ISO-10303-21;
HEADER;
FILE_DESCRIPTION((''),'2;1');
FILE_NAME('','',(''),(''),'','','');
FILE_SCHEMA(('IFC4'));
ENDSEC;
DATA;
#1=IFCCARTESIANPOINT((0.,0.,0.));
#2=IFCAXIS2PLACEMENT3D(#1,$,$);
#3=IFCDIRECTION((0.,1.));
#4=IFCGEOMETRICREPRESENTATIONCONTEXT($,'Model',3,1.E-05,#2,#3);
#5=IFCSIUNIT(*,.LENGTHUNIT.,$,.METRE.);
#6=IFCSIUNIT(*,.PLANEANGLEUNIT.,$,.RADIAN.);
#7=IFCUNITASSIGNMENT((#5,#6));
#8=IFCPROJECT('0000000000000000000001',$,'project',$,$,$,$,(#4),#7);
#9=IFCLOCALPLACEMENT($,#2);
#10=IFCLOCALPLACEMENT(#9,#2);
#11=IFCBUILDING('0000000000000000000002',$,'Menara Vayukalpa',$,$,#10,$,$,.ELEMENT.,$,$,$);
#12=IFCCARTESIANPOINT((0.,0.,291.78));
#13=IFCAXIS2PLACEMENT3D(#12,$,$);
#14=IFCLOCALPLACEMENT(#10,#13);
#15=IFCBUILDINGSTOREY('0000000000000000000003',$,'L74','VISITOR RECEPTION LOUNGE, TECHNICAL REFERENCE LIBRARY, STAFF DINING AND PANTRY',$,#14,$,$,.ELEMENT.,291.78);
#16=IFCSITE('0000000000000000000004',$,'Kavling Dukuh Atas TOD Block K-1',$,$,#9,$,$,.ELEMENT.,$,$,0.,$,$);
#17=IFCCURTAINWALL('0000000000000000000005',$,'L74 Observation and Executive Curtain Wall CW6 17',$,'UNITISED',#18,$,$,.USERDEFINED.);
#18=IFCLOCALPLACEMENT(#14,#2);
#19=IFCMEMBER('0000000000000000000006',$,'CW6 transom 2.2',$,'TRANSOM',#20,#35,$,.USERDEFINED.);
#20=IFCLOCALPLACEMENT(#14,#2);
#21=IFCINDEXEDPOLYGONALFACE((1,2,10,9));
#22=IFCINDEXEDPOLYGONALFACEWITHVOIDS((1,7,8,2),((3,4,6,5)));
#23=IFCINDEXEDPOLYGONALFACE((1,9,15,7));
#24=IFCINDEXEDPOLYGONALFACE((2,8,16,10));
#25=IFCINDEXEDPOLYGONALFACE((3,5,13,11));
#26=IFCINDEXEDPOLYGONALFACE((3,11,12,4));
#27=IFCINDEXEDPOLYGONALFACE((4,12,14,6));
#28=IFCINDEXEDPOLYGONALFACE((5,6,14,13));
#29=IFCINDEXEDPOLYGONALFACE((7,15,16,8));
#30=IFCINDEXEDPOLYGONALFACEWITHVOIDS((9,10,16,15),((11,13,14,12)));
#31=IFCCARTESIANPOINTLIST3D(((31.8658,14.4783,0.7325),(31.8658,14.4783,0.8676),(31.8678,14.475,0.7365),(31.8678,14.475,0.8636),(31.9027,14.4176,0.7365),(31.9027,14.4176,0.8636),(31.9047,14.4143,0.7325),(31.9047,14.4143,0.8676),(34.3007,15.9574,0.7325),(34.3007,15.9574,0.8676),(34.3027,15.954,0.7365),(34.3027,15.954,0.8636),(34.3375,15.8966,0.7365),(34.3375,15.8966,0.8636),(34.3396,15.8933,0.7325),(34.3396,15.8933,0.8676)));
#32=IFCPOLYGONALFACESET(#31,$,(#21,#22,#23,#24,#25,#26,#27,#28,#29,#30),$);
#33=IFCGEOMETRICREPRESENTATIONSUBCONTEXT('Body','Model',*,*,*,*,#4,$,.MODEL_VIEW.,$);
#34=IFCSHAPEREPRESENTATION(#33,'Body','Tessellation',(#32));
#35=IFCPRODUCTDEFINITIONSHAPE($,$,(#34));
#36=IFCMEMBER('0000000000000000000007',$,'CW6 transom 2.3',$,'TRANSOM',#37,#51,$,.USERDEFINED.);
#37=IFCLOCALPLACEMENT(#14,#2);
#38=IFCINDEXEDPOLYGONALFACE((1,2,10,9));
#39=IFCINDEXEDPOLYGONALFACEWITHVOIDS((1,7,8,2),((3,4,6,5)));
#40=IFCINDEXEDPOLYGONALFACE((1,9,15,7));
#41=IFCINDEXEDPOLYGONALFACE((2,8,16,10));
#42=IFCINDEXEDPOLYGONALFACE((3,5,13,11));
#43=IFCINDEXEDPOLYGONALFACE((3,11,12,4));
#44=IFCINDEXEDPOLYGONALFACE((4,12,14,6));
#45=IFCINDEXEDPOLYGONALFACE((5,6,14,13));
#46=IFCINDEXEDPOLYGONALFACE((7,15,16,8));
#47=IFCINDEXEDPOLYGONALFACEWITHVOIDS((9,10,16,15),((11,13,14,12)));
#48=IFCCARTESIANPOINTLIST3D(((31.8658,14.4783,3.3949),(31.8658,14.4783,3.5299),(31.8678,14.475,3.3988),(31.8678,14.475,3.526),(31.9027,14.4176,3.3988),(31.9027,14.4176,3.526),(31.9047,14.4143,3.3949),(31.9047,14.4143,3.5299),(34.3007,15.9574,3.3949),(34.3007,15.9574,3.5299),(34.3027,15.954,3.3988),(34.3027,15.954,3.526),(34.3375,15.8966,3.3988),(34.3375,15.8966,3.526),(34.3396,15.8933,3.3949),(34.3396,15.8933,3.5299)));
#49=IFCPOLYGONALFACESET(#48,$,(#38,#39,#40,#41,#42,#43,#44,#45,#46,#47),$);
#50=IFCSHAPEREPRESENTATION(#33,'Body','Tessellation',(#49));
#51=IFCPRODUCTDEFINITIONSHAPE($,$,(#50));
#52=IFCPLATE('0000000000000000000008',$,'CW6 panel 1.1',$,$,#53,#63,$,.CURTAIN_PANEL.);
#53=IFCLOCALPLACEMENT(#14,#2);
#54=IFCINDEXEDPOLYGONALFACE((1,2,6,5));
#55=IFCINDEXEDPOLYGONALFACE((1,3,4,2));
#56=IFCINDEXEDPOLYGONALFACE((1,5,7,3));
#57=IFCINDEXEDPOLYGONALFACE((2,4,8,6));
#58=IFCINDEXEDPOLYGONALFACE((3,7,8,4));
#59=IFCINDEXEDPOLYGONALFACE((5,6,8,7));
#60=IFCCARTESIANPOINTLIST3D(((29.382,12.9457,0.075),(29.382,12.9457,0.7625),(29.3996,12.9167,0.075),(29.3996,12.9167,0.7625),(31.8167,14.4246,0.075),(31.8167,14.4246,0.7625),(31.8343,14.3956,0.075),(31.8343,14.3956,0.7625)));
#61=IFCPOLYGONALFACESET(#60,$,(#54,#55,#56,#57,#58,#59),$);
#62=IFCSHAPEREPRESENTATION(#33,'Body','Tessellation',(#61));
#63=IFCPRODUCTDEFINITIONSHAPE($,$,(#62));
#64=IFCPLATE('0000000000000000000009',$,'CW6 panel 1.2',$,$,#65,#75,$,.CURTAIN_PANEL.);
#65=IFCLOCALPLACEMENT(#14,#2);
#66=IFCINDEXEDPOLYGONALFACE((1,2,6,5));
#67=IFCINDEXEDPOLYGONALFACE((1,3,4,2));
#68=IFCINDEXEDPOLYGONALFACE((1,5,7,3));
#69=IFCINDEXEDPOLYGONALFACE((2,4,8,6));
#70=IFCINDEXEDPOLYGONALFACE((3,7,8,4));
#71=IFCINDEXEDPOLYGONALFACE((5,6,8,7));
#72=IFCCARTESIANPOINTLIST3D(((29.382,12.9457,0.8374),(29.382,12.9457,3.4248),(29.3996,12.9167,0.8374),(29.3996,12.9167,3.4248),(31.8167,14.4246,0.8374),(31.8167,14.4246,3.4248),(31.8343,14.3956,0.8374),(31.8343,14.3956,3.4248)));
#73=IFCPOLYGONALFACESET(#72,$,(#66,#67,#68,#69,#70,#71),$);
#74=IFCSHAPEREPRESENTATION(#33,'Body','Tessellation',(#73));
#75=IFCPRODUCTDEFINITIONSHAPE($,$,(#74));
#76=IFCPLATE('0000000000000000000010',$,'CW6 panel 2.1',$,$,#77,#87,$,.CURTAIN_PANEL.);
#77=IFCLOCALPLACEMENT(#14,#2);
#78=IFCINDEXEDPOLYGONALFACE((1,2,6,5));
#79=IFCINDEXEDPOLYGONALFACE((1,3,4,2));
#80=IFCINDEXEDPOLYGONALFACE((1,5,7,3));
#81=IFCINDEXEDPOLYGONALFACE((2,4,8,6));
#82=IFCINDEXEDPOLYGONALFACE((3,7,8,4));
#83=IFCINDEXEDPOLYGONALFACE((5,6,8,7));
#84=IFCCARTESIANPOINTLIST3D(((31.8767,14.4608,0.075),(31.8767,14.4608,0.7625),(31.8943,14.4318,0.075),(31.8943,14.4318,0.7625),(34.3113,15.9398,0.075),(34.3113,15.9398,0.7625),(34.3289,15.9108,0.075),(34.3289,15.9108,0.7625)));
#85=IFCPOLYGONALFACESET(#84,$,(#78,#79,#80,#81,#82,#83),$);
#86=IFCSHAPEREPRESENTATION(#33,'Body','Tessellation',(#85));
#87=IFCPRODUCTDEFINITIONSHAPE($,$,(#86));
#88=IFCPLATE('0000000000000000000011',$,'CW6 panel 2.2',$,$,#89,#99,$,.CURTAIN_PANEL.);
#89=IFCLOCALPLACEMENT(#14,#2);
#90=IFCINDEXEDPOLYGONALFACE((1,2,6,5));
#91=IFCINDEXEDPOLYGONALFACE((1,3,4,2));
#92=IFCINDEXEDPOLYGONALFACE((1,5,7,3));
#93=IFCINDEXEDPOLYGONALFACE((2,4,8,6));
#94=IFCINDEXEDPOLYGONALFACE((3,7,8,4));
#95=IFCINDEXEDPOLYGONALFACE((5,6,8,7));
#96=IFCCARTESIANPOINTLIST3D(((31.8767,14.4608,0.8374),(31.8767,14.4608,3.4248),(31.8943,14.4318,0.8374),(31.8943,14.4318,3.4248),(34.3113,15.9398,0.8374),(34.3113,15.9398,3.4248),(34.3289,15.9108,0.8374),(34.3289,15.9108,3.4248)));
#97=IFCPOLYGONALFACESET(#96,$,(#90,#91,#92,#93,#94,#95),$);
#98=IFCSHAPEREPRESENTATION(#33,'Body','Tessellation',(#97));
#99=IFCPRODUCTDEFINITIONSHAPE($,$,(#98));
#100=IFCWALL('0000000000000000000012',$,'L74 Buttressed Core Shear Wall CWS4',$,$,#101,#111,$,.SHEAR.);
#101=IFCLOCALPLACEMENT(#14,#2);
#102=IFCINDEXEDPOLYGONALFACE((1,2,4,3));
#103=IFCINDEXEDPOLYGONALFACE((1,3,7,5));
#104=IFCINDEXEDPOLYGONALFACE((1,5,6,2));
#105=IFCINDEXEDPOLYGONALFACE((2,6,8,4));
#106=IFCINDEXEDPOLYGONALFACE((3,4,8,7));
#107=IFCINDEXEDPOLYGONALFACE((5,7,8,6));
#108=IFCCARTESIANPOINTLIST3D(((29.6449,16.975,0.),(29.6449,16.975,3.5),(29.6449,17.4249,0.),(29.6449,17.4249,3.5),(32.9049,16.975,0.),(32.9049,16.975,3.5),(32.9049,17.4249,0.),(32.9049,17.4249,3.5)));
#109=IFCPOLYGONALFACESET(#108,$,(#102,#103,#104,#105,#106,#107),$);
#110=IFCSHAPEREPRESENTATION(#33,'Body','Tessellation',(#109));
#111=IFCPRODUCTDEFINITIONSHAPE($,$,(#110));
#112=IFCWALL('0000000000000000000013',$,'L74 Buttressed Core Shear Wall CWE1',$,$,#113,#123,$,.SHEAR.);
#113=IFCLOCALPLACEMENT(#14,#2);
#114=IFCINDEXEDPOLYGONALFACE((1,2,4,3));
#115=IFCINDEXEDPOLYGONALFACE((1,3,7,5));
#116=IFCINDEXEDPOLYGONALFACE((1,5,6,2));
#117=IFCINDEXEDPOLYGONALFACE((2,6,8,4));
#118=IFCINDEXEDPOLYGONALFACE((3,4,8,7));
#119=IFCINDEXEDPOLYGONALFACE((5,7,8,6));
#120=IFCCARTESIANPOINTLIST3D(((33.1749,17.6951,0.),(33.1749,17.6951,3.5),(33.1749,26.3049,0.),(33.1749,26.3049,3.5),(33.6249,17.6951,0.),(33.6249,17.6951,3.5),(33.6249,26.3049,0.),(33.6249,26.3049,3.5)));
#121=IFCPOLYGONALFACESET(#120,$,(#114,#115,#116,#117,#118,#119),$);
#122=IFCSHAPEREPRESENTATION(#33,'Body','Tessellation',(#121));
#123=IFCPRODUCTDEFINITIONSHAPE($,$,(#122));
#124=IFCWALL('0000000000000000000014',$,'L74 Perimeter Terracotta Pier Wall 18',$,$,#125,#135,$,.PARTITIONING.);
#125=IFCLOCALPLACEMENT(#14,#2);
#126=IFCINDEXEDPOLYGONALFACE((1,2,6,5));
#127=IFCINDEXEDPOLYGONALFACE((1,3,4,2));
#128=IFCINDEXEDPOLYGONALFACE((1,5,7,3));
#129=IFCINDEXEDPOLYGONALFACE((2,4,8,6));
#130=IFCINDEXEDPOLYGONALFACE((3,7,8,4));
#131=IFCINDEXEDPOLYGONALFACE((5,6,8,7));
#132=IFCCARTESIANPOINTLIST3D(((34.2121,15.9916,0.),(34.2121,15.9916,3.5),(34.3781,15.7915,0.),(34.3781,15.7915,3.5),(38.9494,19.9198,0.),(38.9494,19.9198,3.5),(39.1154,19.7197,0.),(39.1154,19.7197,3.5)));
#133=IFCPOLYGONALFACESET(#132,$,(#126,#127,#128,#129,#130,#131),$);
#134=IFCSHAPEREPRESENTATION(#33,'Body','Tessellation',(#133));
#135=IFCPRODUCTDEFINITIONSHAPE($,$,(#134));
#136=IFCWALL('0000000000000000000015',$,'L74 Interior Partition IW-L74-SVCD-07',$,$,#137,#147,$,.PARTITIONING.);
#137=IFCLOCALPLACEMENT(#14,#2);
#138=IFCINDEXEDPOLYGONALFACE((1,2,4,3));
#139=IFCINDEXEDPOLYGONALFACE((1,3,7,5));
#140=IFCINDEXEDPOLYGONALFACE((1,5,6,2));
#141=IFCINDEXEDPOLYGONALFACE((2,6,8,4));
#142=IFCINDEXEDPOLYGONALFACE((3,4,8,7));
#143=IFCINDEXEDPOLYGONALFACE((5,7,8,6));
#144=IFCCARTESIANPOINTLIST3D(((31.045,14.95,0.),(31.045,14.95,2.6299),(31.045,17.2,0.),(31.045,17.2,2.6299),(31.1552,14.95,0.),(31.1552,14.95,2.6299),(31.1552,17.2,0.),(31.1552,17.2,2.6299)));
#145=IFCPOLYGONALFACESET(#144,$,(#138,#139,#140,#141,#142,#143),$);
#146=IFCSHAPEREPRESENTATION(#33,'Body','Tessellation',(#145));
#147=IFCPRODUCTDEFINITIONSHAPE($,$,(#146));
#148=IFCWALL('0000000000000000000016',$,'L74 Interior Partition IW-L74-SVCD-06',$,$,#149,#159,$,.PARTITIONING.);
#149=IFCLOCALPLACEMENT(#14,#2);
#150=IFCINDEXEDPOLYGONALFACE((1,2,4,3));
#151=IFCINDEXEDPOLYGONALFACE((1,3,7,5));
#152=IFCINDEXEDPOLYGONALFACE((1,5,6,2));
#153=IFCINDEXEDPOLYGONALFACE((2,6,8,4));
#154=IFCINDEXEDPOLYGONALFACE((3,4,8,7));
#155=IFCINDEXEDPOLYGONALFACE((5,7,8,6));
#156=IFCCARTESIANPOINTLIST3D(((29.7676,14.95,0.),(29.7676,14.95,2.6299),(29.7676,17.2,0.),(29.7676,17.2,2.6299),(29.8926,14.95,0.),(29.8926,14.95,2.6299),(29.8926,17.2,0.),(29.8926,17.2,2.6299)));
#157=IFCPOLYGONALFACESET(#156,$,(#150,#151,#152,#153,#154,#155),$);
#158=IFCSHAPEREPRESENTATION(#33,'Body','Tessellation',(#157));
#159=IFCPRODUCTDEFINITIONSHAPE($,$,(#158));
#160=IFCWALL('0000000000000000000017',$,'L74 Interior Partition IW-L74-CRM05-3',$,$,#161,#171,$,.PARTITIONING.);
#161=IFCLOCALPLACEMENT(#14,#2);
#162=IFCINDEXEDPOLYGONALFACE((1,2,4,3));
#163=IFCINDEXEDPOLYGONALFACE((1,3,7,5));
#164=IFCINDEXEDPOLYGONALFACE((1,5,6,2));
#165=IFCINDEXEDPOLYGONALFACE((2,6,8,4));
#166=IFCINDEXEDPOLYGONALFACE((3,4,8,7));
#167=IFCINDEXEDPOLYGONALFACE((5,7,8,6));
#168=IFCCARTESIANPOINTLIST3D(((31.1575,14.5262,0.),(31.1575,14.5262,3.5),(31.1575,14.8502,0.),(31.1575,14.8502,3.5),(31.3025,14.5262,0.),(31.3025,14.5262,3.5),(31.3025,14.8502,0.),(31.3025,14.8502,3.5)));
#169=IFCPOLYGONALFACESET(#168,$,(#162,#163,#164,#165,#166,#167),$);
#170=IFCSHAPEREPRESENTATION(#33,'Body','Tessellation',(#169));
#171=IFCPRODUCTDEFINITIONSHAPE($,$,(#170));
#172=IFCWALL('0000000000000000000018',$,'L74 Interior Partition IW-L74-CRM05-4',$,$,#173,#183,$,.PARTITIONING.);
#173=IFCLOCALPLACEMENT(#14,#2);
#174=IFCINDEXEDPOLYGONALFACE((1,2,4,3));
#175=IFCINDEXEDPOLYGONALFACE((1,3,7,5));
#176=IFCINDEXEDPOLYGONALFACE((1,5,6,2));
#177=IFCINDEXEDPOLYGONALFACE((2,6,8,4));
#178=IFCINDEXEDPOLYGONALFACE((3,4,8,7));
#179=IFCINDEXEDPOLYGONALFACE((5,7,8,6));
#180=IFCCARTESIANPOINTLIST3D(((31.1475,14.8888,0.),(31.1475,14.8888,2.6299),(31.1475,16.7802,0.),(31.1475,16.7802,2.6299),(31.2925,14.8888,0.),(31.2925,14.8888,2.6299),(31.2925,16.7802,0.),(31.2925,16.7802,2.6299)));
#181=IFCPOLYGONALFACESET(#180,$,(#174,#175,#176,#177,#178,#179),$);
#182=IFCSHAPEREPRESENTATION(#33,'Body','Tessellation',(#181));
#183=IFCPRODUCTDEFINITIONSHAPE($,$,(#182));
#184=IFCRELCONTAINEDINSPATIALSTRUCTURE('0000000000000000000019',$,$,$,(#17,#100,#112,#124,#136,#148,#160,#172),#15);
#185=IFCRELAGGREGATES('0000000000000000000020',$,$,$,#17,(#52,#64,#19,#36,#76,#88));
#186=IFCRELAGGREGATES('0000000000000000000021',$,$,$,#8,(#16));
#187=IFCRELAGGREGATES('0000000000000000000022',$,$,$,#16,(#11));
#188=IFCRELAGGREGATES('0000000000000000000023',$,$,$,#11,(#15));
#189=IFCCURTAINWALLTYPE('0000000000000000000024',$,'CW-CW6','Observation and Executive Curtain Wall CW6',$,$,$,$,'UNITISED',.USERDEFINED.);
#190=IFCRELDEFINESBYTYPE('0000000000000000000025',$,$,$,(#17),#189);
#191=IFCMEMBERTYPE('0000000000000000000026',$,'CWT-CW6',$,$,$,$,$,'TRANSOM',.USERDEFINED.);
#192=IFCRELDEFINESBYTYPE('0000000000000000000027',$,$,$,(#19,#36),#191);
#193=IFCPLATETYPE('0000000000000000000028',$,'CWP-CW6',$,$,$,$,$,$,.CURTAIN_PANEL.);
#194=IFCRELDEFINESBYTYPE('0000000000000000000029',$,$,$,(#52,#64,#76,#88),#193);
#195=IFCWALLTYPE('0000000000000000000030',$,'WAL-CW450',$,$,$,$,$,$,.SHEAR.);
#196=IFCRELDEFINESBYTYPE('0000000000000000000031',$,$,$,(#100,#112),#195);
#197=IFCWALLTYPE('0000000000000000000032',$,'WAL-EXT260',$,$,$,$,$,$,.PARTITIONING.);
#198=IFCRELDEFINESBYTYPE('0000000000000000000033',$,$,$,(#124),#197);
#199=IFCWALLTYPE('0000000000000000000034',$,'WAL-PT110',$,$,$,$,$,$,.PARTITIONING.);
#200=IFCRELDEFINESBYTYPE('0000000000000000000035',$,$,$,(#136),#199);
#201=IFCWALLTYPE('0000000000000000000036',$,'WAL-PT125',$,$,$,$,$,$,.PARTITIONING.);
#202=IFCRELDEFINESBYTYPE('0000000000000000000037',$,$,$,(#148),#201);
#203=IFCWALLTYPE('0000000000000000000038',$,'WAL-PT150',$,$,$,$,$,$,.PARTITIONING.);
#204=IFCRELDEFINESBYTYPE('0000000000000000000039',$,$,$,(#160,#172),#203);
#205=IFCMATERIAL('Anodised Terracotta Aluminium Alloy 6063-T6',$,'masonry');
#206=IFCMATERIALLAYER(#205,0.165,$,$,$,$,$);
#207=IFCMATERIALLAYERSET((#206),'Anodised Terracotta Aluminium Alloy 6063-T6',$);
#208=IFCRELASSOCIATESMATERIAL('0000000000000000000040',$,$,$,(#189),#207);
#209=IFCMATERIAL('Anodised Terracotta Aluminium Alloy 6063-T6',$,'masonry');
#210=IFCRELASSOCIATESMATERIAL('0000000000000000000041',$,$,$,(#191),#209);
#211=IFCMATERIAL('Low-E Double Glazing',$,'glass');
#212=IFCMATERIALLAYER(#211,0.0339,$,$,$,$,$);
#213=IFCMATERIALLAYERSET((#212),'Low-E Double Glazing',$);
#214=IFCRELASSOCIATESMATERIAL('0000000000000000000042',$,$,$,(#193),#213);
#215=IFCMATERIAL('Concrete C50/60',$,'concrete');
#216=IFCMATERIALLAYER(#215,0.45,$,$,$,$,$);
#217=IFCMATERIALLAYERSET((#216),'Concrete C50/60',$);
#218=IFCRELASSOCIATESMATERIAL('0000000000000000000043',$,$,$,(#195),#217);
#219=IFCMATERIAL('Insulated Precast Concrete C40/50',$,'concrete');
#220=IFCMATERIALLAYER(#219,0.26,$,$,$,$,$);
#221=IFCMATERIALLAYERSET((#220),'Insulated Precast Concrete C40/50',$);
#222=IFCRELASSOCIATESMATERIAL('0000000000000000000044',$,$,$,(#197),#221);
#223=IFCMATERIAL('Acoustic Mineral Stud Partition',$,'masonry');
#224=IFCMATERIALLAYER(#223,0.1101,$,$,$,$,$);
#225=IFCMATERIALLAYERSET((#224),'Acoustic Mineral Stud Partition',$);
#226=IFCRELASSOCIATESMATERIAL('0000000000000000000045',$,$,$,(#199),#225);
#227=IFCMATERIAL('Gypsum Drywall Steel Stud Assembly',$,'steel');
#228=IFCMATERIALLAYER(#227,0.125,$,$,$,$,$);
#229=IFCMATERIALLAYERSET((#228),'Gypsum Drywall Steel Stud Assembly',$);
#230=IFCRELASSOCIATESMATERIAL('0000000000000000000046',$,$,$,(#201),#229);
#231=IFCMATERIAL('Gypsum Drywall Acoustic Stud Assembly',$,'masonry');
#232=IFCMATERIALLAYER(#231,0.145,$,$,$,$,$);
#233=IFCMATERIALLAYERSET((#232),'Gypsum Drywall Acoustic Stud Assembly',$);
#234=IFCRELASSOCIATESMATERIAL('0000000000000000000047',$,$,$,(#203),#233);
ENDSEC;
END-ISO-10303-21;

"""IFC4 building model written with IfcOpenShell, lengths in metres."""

from ifc_helpers import new_model, si_unit, direction, frame, frame_2d, origin, origin_2d, place, context, subcontext, project, spatial, rectangle, hollow_rectangle, extrude, material, layer, layer_set, material_profile, profile_set, type_object, element, aggregate, save


model = new_model("IFC4")

# Units and contexts
model_context = context("Model", 3, precision=1e-05, world=origin(), true_north=direction((0.0, 1.0)))
body_context = subcontext(model_context, "Body", "Model", "MODEL_VIEW")
ifc_project = project(units=[si_unit("LENGTHUNIT", "METRE"), si_unit("PLANEANGLEUNIT", "RADIAN")], contexts=[model_context])

# Site, building, storey
site_placement = place(None, origin())
site = spatial("IfcSite", under=ifc_project, at=site_placement, Name="Kavling Dukuh Atas TOD Block K-1", CompositionType="ELEMENT", RefElevation=0.0)
building_placement = place(site_placement, origin())
building = spatial("IfcBuilding", under=site, at=building_placement, Name="Menara Vayukalpa", CompositionType="ELEMENT")
storey_placement = place(building_placement, frame((0.0, 0.0, 291.78)))
storey = spatial("IfcBuildingStorey", under=building, at=storey_placement, Name="L74", Description="VISITOR RECEPTION LOUNGE, TECHNICAL REFERENCE LIBRARY, STAFF DINING AND PANTRY", CompositionType="ELEMENT", Elevation=291.78)

# Curtain wall, members, plates
ifc_material_1 = material(Name="Anodised Terracotta Aluminium Alloy 6063-T6", Category="masonry")
ifc_layer_1 = layer(ifc_material_1, 0.165)
ifc_layer_set_1 = layer_set([ifc_layer_1], Name="Anodised Terracotta Aluminium Alloy 6063-T6")
curtain_wall_type = type_object("IfcCurtainWallType", Name="CW-CW6", Description="Observation and Executive Curtain Wall CW6", ElementType="UNITISED", PredefinedType="USERDEFINED", material=ifc_layer_set_1)
curtain_wall_placement = place(storey_placement, origin())
curtain_wall = element("IfcCurtainWall", 1, at=curtain_wall_placement, inside=storey, type_object=curtain_wall_type, Name="L74 Observation and Executive Curtain Wall CW6 17", ObjectType="UNITISED", PredefinedType="USERDEFINED")
ifc_material_2 = material(Name="Anodised Terracotta Aluminium Alloy 6063-T6", Category="masonry")
ifc_material_profile_1 = material_profile(ifc_material_2, hollow_rectangle(XDim=0.075, YDim=0.135, WallThickness=0.0039, at=origin_2d()), Name="ALU 75x135x4")
ifc_profile_set_1 = profile_set([ifc_material_profile_1], Name="Anodised Terracotta Aluminium Alloy 6063-T6")
member_type_1 = type_object("IfcMemberType", Name="CWT-CW6", ElementType="TRANSOM", PredefinedType="USERDEFINED", material=ifc_profile_set_1)
member_1_placement = place(storey_placement, frame((31.8853, 14.4463, 0.8), z_axis=(0.854675, 0.519164, 0.0), x_axis=(-0.519164, 0.854675, 0.0)))
member_1 = element("IfcMember", 2, at=member_1_placement, type_object=member_type_1, Name="CW6 transom 2.2", ObjectType="TRANSOM", PredefinedType="USERDEFINED", context=body_context, shape_type="SweptSolid", body=[
    extrude(hollow_rectangle(XDim=0.075, YDim=0.135, WallThickness=0.0039, at=origin_2d()), origin(), (0.0, 0.0, 1.0), 2.8489),
])
member_2_placement = place(storey_placement, frame((31.8853, 14.4463, 3.4624), z_axis=(0.854675, 0.519164, 0.0), x_axis=(-0.519164, 0.854675, 0.0)))
member_2 = element("IfcMember", 3, at=member_2_placement, type_object=member_type_1, Name="CW6 transom 2.3", ObjectType="TRANSOM", PredefinedType="USERDEFINED", context=body_context, shape_type="SweptSolid", body=[
    extrude(hollow_rectangle(XDim=0.075, YDim=0.135, WallThickness=0.0039, at=origin_2d()), origin(), (0.0, 0.0, 1.0), 2.8489),
])
ifc_material_3 = material(Name="Low-E Double Glazing", Category="glass")
ifc_layer_2 = layer(ifc_material_3, 0.0339)
ifc_layer_set_2 = layer_set([ifc_layer_2], Name="Low-E Double Glazing")
plate_type = type_object("IfcPlateType", Name="CWP-CW6", PredefinedType="CURTAIN_PANEL", material=ifc_layer_set_2)
plate_1_placement = place(storey_placement, frame((30.6082, 13.6707, 0.075), z_axis=(0.0, 0.0, 1.0), x_axis=(0.854668, 0.519176, 0.0)))
plate_1 = element("IfcPlate", 4, at=plate_1_placement, type_object=plate_type, Name="CW6 panel 1.1", PredefinedType="CURTAIN_PANEL", context=body_context, shape_type="SweptSolid", body=[
    extrude(rectangle(XDim=2.8486, YDim=0.0339, at=origin_2d()), origin(), (0.0, 0.0, 1.0), 0.6875),
])
plate_2_placement = place(storey_placement, frame((30.6082, 13.6707, 0.8374), z_axis=(0.0, 0.0, 1.0), x_axis=(0.854668, 0.519176, 0.0)))
plate_2 = element("IfcPlate", 5, at=plate_2_placement, type_object=plate_type, Name="CW6 panel 1.2", PredefinedType="CURTAIN_PANEL", context=body_context, shape_type="SweptSolid", body=[
    extrude(rectangle(XDim=2.8486, YDim=0.0339, at=origin_2d()), origin(), (0.0, 0.0, 1.0), 2.5874),
])
plate_3_placement = place(storey_placement, frame((33.1028, 15.1858, 0.075), z_axis=(0.0, 0.0, 1.0), x_axis=(0.854668, 0.519176, 0.0)))
plate_3 = element("IfcPlate", 6, at=plate_3_placement, type_object=plate_type, Name="CW6 panel 2.1", PredefinedType="CURTAIN_PANEL", context=body_context, shape_type="SweptSolid", body=[
    extrude(rectangle(XDim=2.8486, YDim=0.0339, at=origin_2d()), origin(), (0.0, 0.0, 1.0), 0.6875),
])
plate_4_placement = place(storey_placement, frame((33.1028, 15.1858, 0.8374), z_axis=(0.0, 0.0, 1.0), x_axis=(0.854668, 0.519176, 0.0)))
plate_4 = element("IfcPlate", 7, at=plate_4_placement, type_object=plate_type, Name="CW6 panel 2.2", PredefinedType="CURTAIN_PANEL", context=body_context, shape_type="SweptSolid", body=[
    extrude(rectangle(XDim=2.8486, YDim=0.0339, at=origin_2d()), origin(), (0.0, 0.0, 1.0), 2.5874),
])
aggregate(curtain_wall, [plate_1, plate_2, member_1, member_2, plate_3, plate_4])

# Walls
ifc_material_4 = material(Name="Concrete C50/60", Category="concrete")
ifc_layer_3 = layer(ifc_material_4, 0.45)
ifc_layer_set_3 = layer_set([ifc_layer_3], Name="Concrete C50/60")
wall_type_1 = type_object("IfcWallType", Name="WAL-CW450", PredefinedType="SHEAR", material=ifc_layer_set_3)
wall_1_placement = place(storey_placement, frame((29.645, 17.2, 0.0), z_axis=(0.0, 0.0, 1.0), x_axis=(1.0, 0.0, 0.0)))
element("IfcWall", 8, at=wall_1_placement, inside=storey, type_object=wall_type_1, Name="L74 Buttressed Core Shear Wall CWS4", PredefinedType="SHEAR", context=body_context, shape_type="SweptSolid", body=[
    extrude(rectangle(XDim=3.26, YDim=0.45, at=frame_2d((1.6299, 0.0))), origin(), (0.0, 0.0, 1.0), 3.5),
])
wall_2_placement = place(storey_placement, frame((33.3999, 17.6951, 0.0), z_axis=(0.0, 0.0, 1.0), x_axis=(0.0, 1.0, 0.0)))
element("IfcWall", 9, at=wall_2_placement, inside=storey, type_object=wall_type_1, Name="L74 Buttressed Core Shear Wall CWE1", PredefinedType="SHEAR", context=body_context, shape_type="SweptSolid", body=[
    extrude(rectangle(XDim=8.6099, YDim=0.45, at=frame_2d((4.3049, 0.0))), origin(), (0.0, 0.0, 1.0), 3.5),
])
ifc_material_5 = material(Name="Insulated Precast Concrete C40/50", Category="concrete")
ifc_layer_4 = layer(ifc_material_5, 0.26)
ifc_layer_set_4 = layer_set([ifc_layer_4], Name="Insulated Precast Concrete C40/50")
wall_type_2 = type_object("IfcWallType", Name="WAL-EXT260", PredefinedType="PARTITIONING", material=ifc_layer_set_4)
wall_3_placement = place(storey_placement, frame((39.0325, 19.8198, 0.0), z_axis=(0.0, 0.0, 1.0), x_axis=(-0.76978, -0.638309, 0.0)))
element("IfcWall", 10, at=wall_3_placement, inside=storey, type_object=wall_type_2, Name="L74 Perimeter Terracotta Pier Wall 18", PredefinedType="PARTITIONING", context=body_context, shape_type="SweptSolid", body=[
    extrude(rectangle(XDim=6.1541, YDim=0.26, at=frame_2d((3.0771, 0.0))), origin(), (0.0, 0.0, 1.0), 3.5),
])
ifc_material_6 = material(Name="Acoustic Mineral Stud Partition", Category="masonry")
ifc_layer_5 = layer(ifc_material_6, 0.1101)
ifc_layer_set_5 = layer_set([ifc_layer_5], Name="Acoustic Mineral Stud Partition")
wall_type_3 = type_object("IfcWallType", Name="WAL-PT110", PredefinedType="PARTITIONING", material=ifc_layer_set_5)
wall_4_placement = place(storey_placement, frame((31.1001, 14.95, 0.0), z_axis=(0.0, 0.0, 1.0), x_axis=(0.0, 1.0, 0.0)))
element("IfcWall", 11, at=wall_4_placement, inside=storey, type_object=wall_type_3, Name="L74 Interior Partition IW-L74-SVCD-07", PredefinedType="PARTITIONING", context=body_context, shape_type="SweptSolid", body=[
    extrude(rectangle(XDim=2.25, YDim=0.1101, at=frame_2d((1.125, 0.0))), origin(), (0.0, 0.0, 1.0), 2.6299),
])
ifc_material_7 = material(Name="Gypsum Drywall Steel Stud Assembly", Category="steel")
ifc_layer_6 = layer(ifc_material_7, 0.125)
ifc_layer_set_6 = layer_set([ifc_layer_6], Name="Gypsum Drywall Steel Stud Assembly")
wall_type_4 = type_object("IfcWallType", Name="WAL-PT125", PredefinedType="PARTITIONING", material=ifc_layer_set_6)
wall_5_placement = place(storey_placement, frame((29.8301, 14.95, 0.0), z_axis=(0.0, 0.0, 1.0), x_axis=(0.0, 1.0, 0.0)))
element("IfcWall", 12, at=wall_5_placement, inside=storey, type_object=wall_type_4, Name="L74 Interior Partition IW-L74-SVCD-06", PredefinedType="PARTITIONING", context=body_context, shape_type="SweptSolid", body=[
    extrude(rectangle(XDim=2.25, YDim=0.125, at=frame_2d((1.125, 0.0))), origin(), (0.0, 0.0, 1.0), 2.6299),
])
ifc_material_8 = material(Name="Gypsum Drywall Acoustic Stud Assembly", Category="masonry")
ifc_layer_7 = layer(ifc_material_8, 0.145)
ifc_layer_set_7 = layer_set([ifc_layer_7], Name="Gypsum Drywall Acoustic Stud Assembly")
wall_type_5 = type_object("IfcWallType", Name="WAL-PT150", PredefinedType="PARTITIONING", material=ifc_layer_set_7)
wall_6_placement = place(storey_placement, frame((31.23, 14.5261, 0.0), z_axis=(0.0, 0.0, 1.0), x_axis=(0.0, 1.0, 0.0)))
element("IfcWall", 13, at=wall_6_placement, inside=storey, type_object=wall_type_5, Name="L74 Interior Partition IW-L74-CRM05-3", PredefinedType="PARTITIONING", context=body_context, shape_type="SweptSolid", body=[
    extrude(rectangle(XDim=0.324, YDim=0.145, at=frame_2d((0.1621, 0.0))), origin(), (0.0, 0.0, 1.0), 3.5),
])
wall_7_placement = place(storey_placement, frame((31.22, 14.8887, 0.0), z_axis=(0.0, 0.0, 1.0), x_axis=(0.0, 1.0, 0.0)))
element("IfcWall", 14, at=wall_7_placement, inside=storey, type_object=wall_type_5, Name="L74 Interior Partition IW-L74-CRM05-4", PredefinedType="PARTITIONING", context=body_context, shape_type="SweptSolid", body=[
    extrude(rectangle(XDim=1.8914, YDim=0.145, at=frame_2d((0.9458, 0.0))), origin(), (0.0, 0.0, 1.0), 2.6299),
])

save(model, "model.ifc")
